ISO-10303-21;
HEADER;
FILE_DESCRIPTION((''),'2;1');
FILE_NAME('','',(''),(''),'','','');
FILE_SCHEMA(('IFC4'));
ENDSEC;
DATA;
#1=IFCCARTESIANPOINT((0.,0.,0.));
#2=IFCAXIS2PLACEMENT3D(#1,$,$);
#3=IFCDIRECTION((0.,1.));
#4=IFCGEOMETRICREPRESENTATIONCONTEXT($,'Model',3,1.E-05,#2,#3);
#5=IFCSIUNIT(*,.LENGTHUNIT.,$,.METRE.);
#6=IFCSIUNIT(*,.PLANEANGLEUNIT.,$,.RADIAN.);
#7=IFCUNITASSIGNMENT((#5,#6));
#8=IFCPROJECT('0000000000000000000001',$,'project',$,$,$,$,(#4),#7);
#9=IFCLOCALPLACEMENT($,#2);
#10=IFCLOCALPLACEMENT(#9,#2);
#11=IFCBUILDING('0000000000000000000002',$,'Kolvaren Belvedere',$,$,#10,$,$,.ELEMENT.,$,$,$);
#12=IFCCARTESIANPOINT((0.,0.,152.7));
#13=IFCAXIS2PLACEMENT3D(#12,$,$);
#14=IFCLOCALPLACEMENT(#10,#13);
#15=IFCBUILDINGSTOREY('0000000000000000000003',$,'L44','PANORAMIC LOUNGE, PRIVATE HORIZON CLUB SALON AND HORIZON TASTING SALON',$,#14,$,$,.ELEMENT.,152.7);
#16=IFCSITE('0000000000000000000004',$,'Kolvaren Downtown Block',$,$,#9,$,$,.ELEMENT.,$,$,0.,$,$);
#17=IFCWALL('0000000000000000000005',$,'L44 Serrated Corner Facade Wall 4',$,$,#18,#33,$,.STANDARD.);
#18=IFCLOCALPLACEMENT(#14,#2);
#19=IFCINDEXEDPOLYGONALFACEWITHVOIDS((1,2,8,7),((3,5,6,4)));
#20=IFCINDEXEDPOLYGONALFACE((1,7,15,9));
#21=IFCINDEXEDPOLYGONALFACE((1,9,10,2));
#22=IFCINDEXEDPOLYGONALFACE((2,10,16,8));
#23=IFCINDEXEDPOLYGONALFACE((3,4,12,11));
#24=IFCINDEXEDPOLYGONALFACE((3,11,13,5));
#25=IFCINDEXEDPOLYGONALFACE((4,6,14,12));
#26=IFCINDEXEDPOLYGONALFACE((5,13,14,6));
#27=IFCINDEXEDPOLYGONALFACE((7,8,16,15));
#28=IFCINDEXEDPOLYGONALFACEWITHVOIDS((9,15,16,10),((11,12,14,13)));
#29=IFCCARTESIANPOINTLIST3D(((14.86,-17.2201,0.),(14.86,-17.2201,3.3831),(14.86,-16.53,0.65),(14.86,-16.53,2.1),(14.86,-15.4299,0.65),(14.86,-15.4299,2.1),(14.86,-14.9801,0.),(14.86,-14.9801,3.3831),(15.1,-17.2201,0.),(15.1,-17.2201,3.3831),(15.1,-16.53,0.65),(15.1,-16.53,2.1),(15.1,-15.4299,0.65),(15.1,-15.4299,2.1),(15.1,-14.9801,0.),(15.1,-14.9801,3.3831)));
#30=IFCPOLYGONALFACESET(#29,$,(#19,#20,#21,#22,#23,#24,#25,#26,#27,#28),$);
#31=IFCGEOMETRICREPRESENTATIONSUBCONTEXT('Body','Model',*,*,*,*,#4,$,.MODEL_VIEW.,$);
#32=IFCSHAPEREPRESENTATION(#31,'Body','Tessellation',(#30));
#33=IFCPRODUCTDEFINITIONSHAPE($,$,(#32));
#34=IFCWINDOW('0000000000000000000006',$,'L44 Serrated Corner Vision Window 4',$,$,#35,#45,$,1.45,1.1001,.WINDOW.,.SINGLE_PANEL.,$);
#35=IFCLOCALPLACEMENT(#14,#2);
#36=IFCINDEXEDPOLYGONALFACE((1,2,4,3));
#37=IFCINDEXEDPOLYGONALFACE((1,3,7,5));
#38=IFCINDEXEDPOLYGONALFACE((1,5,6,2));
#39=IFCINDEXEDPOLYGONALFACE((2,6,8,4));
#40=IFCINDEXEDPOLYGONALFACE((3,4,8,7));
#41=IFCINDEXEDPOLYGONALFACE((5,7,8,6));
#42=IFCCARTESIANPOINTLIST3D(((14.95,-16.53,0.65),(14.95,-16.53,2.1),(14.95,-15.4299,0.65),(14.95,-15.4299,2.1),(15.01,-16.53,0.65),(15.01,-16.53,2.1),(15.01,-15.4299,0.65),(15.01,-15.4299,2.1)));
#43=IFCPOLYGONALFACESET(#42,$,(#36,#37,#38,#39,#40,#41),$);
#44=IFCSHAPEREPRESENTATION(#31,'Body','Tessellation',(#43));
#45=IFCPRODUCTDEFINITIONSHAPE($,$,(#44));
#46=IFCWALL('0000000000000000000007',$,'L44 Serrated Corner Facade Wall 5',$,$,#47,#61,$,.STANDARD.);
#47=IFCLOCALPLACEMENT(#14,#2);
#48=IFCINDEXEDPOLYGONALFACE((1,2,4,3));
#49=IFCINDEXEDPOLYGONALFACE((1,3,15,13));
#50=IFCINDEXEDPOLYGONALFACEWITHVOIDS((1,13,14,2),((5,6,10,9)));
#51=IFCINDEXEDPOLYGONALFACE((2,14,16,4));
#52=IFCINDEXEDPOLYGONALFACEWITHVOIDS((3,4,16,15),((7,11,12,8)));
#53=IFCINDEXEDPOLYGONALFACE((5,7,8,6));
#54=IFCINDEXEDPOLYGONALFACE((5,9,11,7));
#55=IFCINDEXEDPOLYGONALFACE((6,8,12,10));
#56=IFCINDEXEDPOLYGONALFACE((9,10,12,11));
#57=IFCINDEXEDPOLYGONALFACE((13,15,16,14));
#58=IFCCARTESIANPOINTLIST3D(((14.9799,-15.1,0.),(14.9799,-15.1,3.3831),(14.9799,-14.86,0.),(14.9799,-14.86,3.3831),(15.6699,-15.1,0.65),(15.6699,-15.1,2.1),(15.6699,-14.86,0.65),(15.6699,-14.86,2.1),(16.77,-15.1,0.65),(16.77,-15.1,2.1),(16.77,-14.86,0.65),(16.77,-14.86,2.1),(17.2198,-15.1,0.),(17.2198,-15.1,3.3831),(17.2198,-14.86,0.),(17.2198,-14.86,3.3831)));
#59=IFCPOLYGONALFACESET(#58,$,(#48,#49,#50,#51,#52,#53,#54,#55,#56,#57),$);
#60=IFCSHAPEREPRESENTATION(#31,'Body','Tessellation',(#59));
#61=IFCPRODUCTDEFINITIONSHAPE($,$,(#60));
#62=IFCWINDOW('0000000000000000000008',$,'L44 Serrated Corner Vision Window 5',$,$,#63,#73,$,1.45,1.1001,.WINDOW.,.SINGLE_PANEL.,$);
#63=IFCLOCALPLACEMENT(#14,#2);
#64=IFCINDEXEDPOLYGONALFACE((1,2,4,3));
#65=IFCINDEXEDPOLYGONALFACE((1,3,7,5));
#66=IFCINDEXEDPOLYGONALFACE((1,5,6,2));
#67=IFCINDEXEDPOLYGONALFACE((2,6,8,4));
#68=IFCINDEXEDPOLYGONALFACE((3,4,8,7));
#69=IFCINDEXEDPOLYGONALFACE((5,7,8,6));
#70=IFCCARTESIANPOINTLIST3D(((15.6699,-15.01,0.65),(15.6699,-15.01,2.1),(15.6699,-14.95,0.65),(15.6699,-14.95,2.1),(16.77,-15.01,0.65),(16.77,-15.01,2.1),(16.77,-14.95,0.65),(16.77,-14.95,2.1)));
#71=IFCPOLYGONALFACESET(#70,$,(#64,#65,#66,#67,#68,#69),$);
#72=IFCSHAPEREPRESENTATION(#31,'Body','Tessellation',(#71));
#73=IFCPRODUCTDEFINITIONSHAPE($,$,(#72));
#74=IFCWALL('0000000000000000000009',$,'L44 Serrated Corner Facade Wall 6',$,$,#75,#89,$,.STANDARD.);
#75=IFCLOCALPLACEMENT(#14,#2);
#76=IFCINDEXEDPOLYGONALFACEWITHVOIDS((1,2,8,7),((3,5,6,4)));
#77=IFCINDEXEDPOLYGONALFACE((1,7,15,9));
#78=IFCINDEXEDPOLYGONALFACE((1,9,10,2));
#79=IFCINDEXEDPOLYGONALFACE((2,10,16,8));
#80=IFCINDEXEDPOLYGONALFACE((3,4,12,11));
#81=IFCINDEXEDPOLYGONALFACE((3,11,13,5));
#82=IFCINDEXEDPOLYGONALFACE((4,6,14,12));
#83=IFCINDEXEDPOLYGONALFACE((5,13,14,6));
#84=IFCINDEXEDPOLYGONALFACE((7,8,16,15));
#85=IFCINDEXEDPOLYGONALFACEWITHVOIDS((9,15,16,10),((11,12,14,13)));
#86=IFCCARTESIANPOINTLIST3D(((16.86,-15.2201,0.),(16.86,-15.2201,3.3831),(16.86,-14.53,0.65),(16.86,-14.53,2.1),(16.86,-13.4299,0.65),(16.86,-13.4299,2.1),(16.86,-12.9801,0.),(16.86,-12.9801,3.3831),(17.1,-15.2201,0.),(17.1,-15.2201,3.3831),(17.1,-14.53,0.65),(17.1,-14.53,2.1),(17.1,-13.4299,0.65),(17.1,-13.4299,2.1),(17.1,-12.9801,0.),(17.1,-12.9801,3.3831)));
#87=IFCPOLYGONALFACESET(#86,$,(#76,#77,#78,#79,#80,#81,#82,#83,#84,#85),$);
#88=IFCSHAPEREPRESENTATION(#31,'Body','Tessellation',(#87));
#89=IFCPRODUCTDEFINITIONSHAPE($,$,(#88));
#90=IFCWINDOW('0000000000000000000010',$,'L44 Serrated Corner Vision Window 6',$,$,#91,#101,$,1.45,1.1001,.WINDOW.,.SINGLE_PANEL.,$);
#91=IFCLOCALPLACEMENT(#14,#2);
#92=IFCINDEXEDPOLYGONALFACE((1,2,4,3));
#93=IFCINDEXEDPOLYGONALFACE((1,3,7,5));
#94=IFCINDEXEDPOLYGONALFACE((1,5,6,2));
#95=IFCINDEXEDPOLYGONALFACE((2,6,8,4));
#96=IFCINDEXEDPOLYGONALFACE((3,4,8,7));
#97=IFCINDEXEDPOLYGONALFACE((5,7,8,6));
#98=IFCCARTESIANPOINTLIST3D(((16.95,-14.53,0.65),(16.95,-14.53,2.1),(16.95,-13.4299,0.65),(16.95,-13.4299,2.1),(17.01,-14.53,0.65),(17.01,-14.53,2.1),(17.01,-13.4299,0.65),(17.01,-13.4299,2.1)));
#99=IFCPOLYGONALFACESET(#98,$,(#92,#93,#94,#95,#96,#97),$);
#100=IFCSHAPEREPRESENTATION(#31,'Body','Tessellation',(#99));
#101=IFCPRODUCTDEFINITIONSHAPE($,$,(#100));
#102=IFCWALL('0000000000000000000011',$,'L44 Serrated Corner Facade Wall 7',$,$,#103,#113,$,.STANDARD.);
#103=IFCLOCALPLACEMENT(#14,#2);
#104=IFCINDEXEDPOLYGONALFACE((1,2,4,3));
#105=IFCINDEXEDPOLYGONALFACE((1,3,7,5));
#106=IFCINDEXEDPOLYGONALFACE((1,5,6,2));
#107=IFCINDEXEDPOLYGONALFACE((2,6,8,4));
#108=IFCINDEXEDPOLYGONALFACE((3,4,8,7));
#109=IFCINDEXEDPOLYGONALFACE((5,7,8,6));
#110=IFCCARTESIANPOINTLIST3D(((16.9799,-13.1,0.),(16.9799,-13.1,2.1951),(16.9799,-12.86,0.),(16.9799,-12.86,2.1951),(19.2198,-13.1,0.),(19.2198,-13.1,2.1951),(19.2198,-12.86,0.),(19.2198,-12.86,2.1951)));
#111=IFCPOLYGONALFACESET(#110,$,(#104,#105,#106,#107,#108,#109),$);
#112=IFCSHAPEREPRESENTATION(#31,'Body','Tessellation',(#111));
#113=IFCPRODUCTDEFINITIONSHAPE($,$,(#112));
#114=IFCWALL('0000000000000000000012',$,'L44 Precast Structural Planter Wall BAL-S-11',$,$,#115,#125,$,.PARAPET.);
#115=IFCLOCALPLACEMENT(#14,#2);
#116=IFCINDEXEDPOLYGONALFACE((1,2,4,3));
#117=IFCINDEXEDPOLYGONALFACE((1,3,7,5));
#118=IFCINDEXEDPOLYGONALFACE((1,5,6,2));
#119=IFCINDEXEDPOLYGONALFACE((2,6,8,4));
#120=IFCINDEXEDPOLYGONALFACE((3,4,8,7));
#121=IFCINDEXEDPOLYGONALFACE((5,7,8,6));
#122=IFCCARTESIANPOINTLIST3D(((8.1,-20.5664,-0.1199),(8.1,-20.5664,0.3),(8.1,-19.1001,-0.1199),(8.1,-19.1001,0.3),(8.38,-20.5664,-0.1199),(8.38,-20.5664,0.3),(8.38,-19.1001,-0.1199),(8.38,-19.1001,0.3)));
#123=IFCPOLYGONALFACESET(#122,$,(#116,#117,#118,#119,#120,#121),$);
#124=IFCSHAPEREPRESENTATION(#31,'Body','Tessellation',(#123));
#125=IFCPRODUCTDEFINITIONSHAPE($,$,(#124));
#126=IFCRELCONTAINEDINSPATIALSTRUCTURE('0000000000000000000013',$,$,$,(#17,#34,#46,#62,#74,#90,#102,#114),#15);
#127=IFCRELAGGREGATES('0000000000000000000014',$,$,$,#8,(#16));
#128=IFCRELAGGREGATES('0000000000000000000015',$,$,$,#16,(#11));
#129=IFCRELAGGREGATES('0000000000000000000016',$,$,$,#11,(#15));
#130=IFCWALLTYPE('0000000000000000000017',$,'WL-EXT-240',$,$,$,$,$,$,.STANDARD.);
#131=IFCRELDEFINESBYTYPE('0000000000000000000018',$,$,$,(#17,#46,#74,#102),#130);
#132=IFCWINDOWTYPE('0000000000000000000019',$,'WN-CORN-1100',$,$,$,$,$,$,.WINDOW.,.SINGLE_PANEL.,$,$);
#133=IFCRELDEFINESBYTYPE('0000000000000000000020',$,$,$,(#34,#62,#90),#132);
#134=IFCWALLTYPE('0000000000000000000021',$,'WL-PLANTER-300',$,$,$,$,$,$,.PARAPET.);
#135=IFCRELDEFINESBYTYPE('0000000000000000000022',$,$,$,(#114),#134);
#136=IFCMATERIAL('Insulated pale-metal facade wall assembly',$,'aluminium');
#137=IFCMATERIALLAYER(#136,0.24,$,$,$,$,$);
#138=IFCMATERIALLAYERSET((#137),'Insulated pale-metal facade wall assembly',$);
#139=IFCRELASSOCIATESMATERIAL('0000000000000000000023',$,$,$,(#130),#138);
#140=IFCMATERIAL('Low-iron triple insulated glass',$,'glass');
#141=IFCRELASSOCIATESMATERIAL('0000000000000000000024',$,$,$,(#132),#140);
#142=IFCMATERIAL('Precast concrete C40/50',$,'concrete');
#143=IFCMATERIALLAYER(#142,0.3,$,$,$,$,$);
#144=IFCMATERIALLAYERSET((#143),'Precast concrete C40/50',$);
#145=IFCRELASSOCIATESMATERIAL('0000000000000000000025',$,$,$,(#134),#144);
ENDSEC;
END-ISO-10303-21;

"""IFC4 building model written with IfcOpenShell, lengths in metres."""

from ifc_helpers import new_model, si_unit, direction, frame, frame_2d, origin, place, context, subcontext, project, spatial, rectangle, extrude, material, layer, layer_set, type_object, element, fill, save


model = new_model("IFC4")

# Units and contexts
model_context = context("Model", 3, precision=1e-05, world=origin(), true_north=direction((0.0, 1.0)))
body_context = subcontext(model_context, "Body", "Model", "MODEL_VIEW")
ifc_project = project(units=[si_unit("LENGTHUNIT", "METRE"), si_unit("PLANEANGLEUNIT", "RADIAN")], contexts=[model_context])

# Site, building, storey
site_placement = place(None, origin())
site = spatial("IfcSite", under=ifc_project, at=site_placement, Name="Kolvaren Downtown Block", CompositionType="ELEMENT", RefElevation=0.0)
building_placement = place(site_placement, origin())
building = spatial("IfcBuilding", under=site, at=building_placement, Name="Kolvaren Belvedere", CompositionType="ELEMENT")
storey_placement = place(building_placement, frame((0.0, 0.0, 152.7)))
storey = spatial("IfcBuildingStorey", under=building, at=storey_placement, Name="L44", Description="PANORAMIC LOUNGE, PRIVATE HORIZON CLUB SALON AND HORIZON TASTING SALON", CompositionType="ELEMENT", Elevation=152.7)

# Shared definitions
ifc_material_1 = material(Name="Insulated pale-metal facade wall assembly", Category="aluminium")
ifc_layer_1 = layer(ifc_material_1, 0.24)
ifc_layer_set_1 = layer_set([ifc_layer_1], Name="Insulated pale-metal facade wall assembly")
wall_type_1 = type_object("IfcWallType", Name="WL-EXT-240", PredefinedType="STANDARD", material=ifc_layer_set_1)

# Walls, openings, windows
ifc_material_2 = material(Name="Low-iron triple insulated glass", Category="glass")
window_type = type_object("IfcWindowType", Name="WN-CORN-1100", PartitioningType="SINGLE_PANEL", PredefinedType="WINDOW", material=ifc_material_2)
wall_1_placement = place(storey_placement, frame((14.98, -14.98, 0.0), z_axis=(0.0, 0.0, 1.0), x_axis=(0.0, -1.0, 0.0)))
wall_1 = element("IfcWall", 1, at=wall_1_placement, inside=storey, type_object=wall_type_1, Name="L44 Serrated Corner Facade Wall 4", PredefinedType="STANDARD", context=body_context, shape_type="SweptSolid", body=[
    extrude(rectangle(XDim=2.24, YDim=0.24, at=frame_2d((1.1201, 0.0))), origin(), (0.0, 0.0, 1.0), 3.3831),
])
opening_1_placement = place(wall_1_placement, frame((0.45, 0.0, 0.6499)))
opening_1 = element("IfcOpeningElement", 2, at=opening_1_placement, cuts=wall_1, PredefinedType="OPENING", context=body_context, shape_type="SweptSolid", body=[
    extrude(rectangle(XDim=1.1001, YDim=1.45, at=frame_2d((0.55, 0.7251))), frame((0.0, 0.1299, 0.0), z_axis=(0.0, -1.0, 0.0), x_axis=(1.0, 0.0, 0.0)), (0.0, 0.0, 1.0), 0.26),
])
window_1_placement = place(opening_1_placement, origin())
window_1 = element("IfcWindow", 3, at=window_1_placement, inside=storey, type_object=window_type, Name="L44 Serrated Corner Vision Window 4", OverallHeight=1.45, OverallWidth=1.1001, PartitioningType="SINGLE_PANEL", PredefinedType="WINDOW", context=body_context, shape_type="SweptSolid", body=[
    extrude(rectangle(XDim=1.1001, YDim=1.45, at=frame_2d((0.55, 0.7251))), frame((0.0, 0.03, 0.0), z_axis=(0.0, -1.0, 0.0), x_axis=(1.0, 0.0, 0.0)), (0.0, 0.0, 1.0), 0.0601),
])
fill(opening_1, window_1)
wall_2_placement = place(storey_placement, frame((17.22, -14.98, 0.0), z_axis=(0.0, 0.0, 1.0), x_axis=(-1.0, 0.0, 0.0)))
wall_2 = element("IfcWall", 4, at=wall_2_placement, inside=storey, type_object=wall_type_1, Name="L44 Serrated Corner Facade Wall 5", PredefinedType="STANDARD", context=body_context, shape_type="SweptSolid", body=[
    extrude(rectangle(XDim=2.24, YDim=0.24, at=frame_2d((1.1201, 0.0))), origin(), (0.0, 0.0, 1.0), 3.3831),
])
opening_2_placement = place(wall_2_placement, frame((0.45, 0.0, 0.6499)))
opening_2 = element("IfcOpeningElement", 5, at=opening_2_placement, cuts=wall_2, PredefinedType="OPENING", context=body_context, shape_type="SweptSolid", body=[
    extrude(rectangle(XDim=1.1001, YDim=1.45, at=frame_2d((0.55, 0.7251))), frame((0.0, 0.1299, 0.0), z_axis=(0.0, -1.0, 0.0), x_axis=(1.0, 0.0, 0.0)), (0.0, 0.0, 1.0), 0.26),
])
window_2_placement = place(opening_2_placement, origin())
window_2 = element("IfcWindow", 6, at=window_2_placement, inside=storey, type_object=window_type, Name="L44 Serrated Corner Vision Window 5", OverallHeight=1.45, OverallWidth=1.1001, PartitioningType="SINGLE_PANEL", PredefinedType="WINDOW", context=body_context, shape_type="SweptSolid", body=[
    extrude(rectangle(XDim=1.1001, YDim=1.45, at=frame_2d((0.55, 0.7251))), frame((0.0, 0.03, 0.0), z_axis=(0.0, -1.0, 0.0), x_axis=(1.0, 0.0, 0.0)), (0.0, 0.0, 1.0), 0.0601),
])
fill(opening_2, window_2)
wall_3_placement = place(storey_placement, frame((16.98, -12.98, 0.0), z_axis=(0.0, 0.0, 1.0), x_axis=(0.0, -1.0, 0.0)))
wall_3 = element("IfcWall", 7, at=wall_3_placement, inside=storey, type_object=wall_type_1, Name="L44 Serrated Corner Facade Wall 6", PredefinedType="STANDARD", context=body_context, shape_type="SweptSolid", body=[
    extrude(rectangle(XDim=2.24, YDim=0.24, at=frame_2d((1.1201, 0.0))), origin(), (0.0, 0.0, 1.0), 3.3831),
])
opening_3_placement = place(wall_3_placement, frame((0.45, 0.0, 0.6499)))
opening_3 = element("IfcOpeningElement", 8, at=opening_3_placement, cuts=wall_3, PredefinedType="OPENING", context=body_context, shape_type="SweptSolid", body=[
    extrude(rectangle(XDim=1.1001, YDim=1.45, at=frame_2d((0.55, 0.7251))), frame((0.0, 0.1299, 0.0), z_axis=(0.0, -1.0, 0.0), x_axis=(1.0, 0.0, 0.0)), (0.0, 0.0, 1.0), 0.26),
])
window_3_placement = place(opening_3_placement, origin())
window_3 = element("IfcWindow", 9, at=window_3_placement, inside=storey, type_object=window_type, Name="L44 Serrated Corner Vision Window 6", OverallHeight=1.45, OverallWidth=1.1001, PartitioningType="SINGLE_PANEL", PredefinedType="WINDOW", context=body_context, shape_type="SweptSolid", body=[
    extrude(rectangle(XDim=1.1001, YDim=1.45, at=frame_2d((0.55, 0.7251))), frame((0.0, 0.03, 0.0), z_axis=(0.0, -1.0, 0.0), x_axis=(1.0, 0.0, 0.0)), (0.0, 0.0, 1.0), 0.0601),
])
fill(opening_3, window_3)

# Walls
wall_4_placement = place(storey_placement, frame((19.22, -12.98, 0.0), z_axis=(0.0, 0.0, 1.0), x_axis=(-1.0, 0.0, 0.0)))
element("IfcWall", 10, at=wall_4_placement, inside=storey, type_object=wall_type_1, Name="L44 Serrated Corner Facade Wall 7", PredefinedType="STANDARD", context=body_context, shape_type="SweptSolid", body=[
    extrude(rectangle(XDim=2.24, YDim=0.24, at=frame_2d((1.1201, 0.0))), origin(), (0.0, 0.0, 1.0), 2.1951),
])
ifc_material_3 = material(Name="Precast concrete C40/50", Category="concrete")
ifc_layer_2 = layer(ifc_material_3, 0.3)
ifc_layer_set_2 = layer_set([ifc_layer_2], Name="Precast concrete C40/50")
wall_type_2 = type_object("IfcWallType", Name="WL-PLANTER-300", PredefinedType="PARAPET", material=ifc_layer_set_2)
wall_5_placement = place(storey_placement, frame((8.24, -20.5664, -0.1199), z_axis=(0.0, 0.0, 1.0), x_axis=(0.0, 1.0, 0.0)))
element("IfcWall", 11, at=wall_5_placement, inside=storey, type_object=wall_type_2, Name="L44 Precast Structural Planter Wall BAL-S-11", PredefinedType="PARAPET", context=body_context, shape_type="SweptSolid", body=[
    extrude(rectangle(XDim=1.4663, YDim=0.28, at=frame_2d((0.7332, 0.0))), origin(), (0.0, 0.0, 1.0), 0.4199),
])

save(model, "model.ifc")
